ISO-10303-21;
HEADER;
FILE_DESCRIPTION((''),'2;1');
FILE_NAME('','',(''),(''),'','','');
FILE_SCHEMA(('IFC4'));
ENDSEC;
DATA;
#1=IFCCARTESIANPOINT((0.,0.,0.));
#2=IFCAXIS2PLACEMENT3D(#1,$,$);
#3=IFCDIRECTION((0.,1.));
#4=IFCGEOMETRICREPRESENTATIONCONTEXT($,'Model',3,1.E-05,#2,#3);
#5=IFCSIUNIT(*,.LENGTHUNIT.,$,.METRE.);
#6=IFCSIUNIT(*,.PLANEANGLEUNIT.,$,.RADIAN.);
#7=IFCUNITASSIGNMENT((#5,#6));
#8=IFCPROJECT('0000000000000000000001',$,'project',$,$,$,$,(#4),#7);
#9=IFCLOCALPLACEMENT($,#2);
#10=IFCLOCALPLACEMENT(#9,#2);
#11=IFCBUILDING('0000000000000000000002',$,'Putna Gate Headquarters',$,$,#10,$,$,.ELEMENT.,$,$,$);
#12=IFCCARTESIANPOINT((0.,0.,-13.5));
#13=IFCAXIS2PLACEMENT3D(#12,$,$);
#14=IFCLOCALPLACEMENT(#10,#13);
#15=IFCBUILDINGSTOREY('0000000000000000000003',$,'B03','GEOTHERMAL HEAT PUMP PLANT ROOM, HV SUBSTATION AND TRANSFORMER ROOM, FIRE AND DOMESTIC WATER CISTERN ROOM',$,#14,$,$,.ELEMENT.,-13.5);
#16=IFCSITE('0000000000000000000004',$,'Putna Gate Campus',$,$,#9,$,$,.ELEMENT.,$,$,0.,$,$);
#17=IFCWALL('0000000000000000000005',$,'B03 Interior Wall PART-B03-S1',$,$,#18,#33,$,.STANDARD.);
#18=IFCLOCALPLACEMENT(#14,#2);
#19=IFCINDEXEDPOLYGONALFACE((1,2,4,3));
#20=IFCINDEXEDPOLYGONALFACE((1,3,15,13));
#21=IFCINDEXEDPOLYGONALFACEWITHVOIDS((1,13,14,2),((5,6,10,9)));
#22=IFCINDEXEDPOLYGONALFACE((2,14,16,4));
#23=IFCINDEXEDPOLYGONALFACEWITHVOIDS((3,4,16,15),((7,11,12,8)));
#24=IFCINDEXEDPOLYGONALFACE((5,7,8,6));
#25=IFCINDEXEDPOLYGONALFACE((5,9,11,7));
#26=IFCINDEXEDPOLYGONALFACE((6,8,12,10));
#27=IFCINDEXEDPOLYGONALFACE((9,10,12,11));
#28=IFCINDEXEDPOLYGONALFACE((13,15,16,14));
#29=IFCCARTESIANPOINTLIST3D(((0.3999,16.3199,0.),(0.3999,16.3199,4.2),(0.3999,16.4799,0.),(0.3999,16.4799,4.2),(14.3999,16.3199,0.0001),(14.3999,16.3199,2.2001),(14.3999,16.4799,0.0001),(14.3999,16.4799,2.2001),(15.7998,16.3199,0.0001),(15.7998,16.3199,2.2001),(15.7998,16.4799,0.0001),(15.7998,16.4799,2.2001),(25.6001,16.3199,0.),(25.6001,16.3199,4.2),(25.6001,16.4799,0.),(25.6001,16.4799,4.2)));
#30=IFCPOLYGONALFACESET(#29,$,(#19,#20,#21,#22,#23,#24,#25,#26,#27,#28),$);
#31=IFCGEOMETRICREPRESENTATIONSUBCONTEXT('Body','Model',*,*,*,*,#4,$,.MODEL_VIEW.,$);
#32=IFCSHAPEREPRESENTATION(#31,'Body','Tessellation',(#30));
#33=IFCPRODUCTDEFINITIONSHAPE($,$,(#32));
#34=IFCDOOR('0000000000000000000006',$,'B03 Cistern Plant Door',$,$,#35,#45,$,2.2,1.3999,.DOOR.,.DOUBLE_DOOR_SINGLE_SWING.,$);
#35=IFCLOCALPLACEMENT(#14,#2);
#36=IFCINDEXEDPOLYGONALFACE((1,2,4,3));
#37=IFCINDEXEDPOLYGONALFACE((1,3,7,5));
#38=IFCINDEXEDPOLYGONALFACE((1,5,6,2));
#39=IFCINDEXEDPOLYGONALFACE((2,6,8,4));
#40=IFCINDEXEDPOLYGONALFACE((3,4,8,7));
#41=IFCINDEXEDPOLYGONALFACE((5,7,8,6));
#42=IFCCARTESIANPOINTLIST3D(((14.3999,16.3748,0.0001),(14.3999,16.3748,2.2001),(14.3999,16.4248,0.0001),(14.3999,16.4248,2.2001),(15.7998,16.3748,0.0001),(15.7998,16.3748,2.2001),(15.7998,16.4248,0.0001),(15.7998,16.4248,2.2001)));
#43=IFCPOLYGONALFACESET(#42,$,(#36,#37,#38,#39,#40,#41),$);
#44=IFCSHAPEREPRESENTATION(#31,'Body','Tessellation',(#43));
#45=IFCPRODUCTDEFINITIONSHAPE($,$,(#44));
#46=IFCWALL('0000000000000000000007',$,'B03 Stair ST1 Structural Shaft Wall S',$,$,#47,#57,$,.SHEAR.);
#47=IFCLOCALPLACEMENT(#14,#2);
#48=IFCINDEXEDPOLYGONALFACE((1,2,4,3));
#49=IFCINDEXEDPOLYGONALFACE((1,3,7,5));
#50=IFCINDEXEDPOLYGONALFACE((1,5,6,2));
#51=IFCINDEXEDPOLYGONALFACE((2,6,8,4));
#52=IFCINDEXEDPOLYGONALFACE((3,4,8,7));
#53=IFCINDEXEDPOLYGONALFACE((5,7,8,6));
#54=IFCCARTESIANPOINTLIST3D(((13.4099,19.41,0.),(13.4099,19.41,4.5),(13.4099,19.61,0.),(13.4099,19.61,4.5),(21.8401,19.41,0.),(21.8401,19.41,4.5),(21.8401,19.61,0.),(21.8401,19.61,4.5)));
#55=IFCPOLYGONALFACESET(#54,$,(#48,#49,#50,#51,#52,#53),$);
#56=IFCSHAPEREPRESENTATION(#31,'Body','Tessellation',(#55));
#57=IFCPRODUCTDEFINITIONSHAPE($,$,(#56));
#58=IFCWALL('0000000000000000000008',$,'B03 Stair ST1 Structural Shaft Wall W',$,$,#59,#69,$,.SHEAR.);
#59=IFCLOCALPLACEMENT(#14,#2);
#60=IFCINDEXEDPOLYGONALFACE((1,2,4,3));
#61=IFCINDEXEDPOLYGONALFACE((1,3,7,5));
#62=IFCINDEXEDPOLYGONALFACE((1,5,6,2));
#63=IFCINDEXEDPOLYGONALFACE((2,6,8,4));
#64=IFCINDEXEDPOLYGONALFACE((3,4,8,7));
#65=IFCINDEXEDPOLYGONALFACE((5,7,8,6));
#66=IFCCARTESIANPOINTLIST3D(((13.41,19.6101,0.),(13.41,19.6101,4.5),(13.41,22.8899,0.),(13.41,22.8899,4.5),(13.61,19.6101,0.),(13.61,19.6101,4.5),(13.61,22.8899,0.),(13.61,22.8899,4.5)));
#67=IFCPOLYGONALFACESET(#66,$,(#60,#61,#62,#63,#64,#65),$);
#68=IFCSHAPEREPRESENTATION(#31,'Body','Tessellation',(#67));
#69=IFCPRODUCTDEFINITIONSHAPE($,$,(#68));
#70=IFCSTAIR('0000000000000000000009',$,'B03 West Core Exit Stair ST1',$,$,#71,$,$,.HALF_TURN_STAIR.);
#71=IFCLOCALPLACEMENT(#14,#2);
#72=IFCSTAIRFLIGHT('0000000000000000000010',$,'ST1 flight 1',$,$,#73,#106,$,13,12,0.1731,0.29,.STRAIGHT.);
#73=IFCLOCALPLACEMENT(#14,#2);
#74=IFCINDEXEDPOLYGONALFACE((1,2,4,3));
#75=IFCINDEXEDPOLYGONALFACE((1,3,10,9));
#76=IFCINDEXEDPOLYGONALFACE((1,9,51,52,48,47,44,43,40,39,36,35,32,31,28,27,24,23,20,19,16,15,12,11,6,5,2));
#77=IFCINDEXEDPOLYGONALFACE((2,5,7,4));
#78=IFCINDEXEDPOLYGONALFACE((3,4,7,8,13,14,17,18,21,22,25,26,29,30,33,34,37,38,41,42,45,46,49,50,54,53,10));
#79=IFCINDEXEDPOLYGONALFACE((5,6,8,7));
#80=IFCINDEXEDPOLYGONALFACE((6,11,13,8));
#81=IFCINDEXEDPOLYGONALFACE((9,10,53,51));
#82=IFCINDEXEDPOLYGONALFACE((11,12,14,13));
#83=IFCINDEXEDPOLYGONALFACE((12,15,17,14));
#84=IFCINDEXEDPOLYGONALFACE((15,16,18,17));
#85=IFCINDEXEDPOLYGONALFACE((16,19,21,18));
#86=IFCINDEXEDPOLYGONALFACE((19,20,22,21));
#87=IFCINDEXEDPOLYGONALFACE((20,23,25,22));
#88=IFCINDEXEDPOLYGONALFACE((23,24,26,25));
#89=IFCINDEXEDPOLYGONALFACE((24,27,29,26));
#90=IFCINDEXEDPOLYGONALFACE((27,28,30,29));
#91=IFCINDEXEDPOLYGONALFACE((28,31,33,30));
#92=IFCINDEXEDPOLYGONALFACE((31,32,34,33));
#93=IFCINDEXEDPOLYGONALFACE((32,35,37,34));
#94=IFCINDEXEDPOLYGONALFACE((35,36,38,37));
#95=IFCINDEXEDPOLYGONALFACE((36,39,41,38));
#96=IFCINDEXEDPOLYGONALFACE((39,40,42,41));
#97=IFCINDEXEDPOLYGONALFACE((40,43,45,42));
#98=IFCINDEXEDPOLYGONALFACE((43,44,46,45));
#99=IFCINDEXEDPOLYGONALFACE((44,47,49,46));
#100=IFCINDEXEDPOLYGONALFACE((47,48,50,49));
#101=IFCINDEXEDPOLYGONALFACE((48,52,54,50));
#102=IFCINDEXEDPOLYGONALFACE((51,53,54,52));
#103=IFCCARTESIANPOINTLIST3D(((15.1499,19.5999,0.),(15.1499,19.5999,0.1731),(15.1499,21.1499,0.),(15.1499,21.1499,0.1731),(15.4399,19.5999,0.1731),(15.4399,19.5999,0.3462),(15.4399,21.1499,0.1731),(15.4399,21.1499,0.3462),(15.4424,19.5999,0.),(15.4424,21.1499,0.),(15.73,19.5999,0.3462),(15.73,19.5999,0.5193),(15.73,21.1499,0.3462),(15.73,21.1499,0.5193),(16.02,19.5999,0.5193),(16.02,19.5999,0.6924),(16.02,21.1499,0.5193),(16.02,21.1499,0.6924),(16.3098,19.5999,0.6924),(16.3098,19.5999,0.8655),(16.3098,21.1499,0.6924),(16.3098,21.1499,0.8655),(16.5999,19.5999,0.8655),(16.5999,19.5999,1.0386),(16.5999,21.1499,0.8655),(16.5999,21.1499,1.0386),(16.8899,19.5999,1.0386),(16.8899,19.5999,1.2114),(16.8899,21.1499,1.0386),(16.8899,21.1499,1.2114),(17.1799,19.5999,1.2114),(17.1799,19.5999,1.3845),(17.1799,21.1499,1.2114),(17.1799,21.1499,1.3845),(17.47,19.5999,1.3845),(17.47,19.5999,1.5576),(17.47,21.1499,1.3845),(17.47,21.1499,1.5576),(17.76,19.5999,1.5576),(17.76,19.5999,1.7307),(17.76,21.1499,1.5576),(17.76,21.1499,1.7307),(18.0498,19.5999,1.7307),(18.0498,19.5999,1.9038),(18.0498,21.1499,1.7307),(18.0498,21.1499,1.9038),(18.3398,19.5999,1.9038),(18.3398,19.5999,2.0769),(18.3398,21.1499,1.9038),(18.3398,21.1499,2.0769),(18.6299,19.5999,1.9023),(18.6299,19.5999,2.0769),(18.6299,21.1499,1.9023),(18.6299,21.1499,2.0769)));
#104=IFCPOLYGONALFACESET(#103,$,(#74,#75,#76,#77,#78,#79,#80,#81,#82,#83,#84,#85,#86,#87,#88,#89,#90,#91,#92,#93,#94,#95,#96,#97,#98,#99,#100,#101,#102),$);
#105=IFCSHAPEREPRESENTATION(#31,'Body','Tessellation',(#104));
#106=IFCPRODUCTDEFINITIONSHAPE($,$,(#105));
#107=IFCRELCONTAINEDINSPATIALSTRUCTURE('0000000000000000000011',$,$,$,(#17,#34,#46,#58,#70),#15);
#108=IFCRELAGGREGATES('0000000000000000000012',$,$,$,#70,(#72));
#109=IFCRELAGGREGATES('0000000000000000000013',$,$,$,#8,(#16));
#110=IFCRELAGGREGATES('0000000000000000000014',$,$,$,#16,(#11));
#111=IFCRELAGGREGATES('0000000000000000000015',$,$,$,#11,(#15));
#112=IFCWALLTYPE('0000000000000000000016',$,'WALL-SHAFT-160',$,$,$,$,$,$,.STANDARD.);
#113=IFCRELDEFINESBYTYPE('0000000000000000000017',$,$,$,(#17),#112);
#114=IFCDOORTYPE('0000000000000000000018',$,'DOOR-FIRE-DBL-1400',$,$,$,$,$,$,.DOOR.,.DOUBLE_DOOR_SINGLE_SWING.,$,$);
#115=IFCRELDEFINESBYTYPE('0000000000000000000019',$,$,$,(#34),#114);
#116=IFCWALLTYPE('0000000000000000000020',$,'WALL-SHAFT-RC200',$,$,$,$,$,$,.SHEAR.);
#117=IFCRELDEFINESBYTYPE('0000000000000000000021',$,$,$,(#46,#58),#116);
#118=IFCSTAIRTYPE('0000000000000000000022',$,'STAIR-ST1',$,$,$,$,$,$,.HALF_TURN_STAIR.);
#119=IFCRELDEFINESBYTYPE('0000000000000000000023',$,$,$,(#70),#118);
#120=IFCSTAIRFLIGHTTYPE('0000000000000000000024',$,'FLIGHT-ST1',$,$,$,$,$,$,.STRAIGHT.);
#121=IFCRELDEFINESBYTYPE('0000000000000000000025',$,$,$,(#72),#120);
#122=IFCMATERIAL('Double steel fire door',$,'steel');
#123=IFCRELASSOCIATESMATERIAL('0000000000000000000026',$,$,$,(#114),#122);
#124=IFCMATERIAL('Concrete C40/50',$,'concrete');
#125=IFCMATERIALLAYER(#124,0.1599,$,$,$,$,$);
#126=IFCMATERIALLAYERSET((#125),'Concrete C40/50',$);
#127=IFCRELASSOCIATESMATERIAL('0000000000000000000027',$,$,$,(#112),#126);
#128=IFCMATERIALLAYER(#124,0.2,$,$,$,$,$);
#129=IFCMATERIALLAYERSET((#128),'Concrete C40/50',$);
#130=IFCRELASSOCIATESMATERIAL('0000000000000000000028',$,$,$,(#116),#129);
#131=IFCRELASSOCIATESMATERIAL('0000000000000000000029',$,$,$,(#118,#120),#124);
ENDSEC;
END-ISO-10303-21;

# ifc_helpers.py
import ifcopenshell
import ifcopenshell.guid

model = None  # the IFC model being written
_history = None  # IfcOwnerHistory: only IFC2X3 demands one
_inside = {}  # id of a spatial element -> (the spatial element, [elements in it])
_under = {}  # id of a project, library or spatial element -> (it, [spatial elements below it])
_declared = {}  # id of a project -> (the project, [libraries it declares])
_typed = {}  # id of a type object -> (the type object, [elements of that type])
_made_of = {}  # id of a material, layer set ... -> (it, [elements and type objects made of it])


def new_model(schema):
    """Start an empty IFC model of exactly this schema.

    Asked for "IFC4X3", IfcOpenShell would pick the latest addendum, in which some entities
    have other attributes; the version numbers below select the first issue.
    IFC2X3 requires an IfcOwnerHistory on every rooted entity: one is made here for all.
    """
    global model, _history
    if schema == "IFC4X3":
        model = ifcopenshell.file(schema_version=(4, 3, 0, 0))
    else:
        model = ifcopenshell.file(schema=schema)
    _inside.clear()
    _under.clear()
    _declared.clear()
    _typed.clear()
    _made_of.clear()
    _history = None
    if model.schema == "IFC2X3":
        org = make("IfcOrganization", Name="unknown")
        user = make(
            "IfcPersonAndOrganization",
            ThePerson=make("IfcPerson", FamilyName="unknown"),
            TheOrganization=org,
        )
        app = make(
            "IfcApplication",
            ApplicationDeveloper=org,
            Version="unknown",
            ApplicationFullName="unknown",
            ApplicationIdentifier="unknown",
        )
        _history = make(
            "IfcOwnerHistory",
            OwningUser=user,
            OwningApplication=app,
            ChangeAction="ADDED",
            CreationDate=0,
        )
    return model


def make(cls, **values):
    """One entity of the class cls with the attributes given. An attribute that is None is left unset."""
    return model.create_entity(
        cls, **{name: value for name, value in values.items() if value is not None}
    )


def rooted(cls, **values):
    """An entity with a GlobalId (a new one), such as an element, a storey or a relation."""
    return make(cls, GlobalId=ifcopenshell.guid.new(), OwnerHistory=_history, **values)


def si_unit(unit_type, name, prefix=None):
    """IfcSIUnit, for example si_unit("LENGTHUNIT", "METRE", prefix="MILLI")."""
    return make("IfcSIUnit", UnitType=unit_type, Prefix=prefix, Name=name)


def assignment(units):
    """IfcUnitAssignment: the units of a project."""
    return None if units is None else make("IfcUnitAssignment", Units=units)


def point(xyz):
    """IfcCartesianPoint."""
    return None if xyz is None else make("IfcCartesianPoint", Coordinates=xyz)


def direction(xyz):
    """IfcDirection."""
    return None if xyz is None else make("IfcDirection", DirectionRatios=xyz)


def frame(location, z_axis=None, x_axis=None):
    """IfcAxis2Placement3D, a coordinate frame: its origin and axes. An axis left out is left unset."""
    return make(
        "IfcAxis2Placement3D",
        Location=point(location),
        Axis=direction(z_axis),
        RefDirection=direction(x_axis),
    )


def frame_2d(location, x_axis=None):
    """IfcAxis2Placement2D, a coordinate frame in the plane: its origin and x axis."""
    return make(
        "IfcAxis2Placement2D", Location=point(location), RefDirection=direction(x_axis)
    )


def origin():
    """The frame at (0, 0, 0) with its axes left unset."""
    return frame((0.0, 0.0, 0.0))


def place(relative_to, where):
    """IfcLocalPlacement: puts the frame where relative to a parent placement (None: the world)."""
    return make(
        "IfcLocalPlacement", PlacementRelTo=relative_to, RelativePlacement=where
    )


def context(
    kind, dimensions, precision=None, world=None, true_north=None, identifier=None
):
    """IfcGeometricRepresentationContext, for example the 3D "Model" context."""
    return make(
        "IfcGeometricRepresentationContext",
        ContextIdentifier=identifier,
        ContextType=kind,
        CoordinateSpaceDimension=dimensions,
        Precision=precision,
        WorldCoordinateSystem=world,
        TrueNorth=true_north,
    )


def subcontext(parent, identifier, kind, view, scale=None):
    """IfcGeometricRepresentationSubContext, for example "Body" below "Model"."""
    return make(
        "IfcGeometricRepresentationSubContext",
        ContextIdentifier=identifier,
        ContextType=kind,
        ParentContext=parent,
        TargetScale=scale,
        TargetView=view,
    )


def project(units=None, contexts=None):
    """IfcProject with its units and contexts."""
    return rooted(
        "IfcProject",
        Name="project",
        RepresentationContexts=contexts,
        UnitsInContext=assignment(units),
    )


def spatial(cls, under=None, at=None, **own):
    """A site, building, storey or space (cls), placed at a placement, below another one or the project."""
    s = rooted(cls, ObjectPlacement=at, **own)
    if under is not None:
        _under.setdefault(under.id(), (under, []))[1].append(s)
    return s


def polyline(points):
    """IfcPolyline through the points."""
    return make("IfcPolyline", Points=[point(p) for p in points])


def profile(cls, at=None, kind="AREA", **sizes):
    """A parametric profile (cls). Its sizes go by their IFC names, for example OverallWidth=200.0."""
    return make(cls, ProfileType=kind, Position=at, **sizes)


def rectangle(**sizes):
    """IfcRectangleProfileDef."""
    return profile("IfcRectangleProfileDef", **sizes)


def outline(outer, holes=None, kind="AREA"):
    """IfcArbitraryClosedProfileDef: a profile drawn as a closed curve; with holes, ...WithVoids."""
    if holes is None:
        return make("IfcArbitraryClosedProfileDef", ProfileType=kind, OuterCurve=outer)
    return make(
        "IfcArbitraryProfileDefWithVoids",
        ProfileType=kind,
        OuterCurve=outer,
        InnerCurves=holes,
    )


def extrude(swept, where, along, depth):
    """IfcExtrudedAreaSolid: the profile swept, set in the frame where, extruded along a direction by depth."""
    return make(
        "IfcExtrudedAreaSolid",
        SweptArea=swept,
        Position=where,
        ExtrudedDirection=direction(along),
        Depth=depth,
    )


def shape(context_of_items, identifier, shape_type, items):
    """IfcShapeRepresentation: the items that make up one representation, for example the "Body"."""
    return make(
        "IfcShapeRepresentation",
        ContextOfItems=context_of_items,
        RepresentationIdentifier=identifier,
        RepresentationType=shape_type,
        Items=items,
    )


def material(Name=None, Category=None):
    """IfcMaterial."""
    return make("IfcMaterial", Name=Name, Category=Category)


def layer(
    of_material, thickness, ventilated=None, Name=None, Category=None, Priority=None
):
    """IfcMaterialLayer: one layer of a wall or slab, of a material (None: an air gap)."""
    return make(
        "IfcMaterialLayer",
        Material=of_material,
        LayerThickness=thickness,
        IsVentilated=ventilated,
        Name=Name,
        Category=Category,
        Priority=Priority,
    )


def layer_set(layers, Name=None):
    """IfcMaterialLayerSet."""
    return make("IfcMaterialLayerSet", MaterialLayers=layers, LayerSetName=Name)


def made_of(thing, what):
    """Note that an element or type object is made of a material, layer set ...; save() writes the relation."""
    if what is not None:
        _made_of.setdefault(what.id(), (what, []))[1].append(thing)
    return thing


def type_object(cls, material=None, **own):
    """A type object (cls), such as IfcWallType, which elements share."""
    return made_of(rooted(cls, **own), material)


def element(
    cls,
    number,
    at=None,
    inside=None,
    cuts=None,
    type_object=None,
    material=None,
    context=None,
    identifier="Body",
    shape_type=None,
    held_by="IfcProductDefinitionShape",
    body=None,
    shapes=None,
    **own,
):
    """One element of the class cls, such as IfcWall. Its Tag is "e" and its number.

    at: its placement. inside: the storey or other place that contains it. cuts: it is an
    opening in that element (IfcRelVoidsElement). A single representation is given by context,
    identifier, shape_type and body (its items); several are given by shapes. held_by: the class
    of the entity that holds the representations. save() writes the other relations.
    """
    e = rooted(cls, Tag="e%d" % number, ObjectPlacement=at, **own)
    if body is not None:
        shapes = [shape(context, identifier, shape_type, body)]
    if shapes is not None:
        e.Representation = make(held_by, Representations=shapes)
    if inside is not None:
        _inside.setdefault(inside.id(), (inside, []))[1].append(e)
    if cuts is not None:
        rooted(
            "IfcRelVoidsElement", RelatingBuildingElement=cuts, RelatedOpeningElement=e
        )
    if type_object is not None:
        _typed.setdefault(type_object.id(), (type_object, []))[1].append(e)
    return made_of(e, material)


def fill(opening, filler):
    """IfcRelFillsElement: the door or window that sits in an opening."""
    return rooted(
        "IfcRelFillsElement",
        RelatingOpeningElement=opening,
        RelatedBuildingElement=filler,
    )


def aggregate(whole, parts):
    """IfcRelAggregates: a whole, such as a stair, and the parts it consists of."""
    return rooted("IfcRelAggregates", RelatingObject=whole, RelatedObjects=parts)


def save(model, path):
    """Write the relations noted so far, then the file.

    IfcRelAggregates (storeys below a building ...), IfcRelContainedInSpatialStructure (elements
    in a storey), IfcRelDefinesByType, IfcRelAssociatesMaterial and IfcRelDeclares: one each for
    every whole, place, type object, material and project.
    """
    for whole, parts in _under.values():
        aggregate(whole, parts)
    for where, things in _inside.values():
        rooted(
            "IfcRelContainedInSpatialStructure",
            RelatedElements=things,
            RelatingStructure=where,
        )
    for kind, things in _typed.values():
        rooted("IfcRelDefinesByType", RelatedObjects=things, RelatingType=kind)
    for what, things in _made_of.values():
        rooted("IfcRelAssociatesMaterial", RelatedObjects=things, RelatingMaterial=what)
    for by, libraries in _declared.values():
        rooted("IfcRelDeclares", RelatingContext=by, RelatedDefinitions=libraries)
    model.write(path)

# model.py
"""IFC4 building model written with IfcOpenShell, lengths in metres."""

from ifc_helpers import new_model, si_unit, direction, frame, frame_2d, origin, place, context, subcontext, project, spatial, polyline, rectangle, outline, extrude, material, layer, layer_set, type_object, element, fill, aggregate, save


model = new_model("IFC4")

# Units and contexts
model_context = context("Model", 3, precision=1e-05, world=origin(), true_north=direction((0.0, 1.0)))
body_context = subcontext(model_context, "Body", "Model", "MODEL_VIEW")
ifc_project = project(units=[si_unit("LENGTHUNIT", "METRE"), si_unit("PLANEANGLEUNIT", "RADIAN")], contexts=[model_context])

# Site, building, storey
site_placement = place(None, origin())
site = spatial("IfcSite", under=ifc_project, at=site_placement, Name="Putna Gate Campus", CompositionType="ELEMENT", RefElevation=0.0)
building_placement = place(site_placement, origin())
building = spatial("IfcBuilding", under=site, at=building_placement, Name="Putna Gate Headquarters", CompositionType="ELEMENT")
storey_placement = place(building_placement, frame((0.0, 0.0, -13.5)))
storey = spatial("IfcBuildingStorey", under=building, at=storey_placement, Name="B03", Description="GEOTHERMAL HEAT PUMP PLANT ROOM, HV SUBSTATION AND TRANSFORMER ROOM, FIRE AND DOMESTIC WATER CISTERN ROOM", CompositionType="ELEMENT", Elevation=-13.5)

# Shared definitions
ifc_material_1 = material(Name="Concrete C40/50", Category="concrete")

# Wall, opening, door
ifc_material_2 = material(Name="Double steel fire door", Category="steel")
door_type = type_object("IfcDoorType", Name="DOOR-FIRE-DBL-1400", OperationType="DOUBLE_DOOR_SINGLE_SWING", PredefinedType="DOOR", material=ifc_material_2)
ifc_layer_1 = layer(ifc_material_1, 0.1599)
ifc_layer_set_1 = layer_set([ifc_layer_1], Name="Concrete C40/50")
wall_type_1 = type_object("IfcWallType", Name="WALL-SHAFT-160", PredefinedType="STANDARD", material=ifc_layer_set_1)
wall_1_placement = place(storey_placement, frame((0.3999, 16.3999, 0.0), z_axis=(0.0, 0.0, 1.0), x_axis=(1.0, 0.0, 0.0)))
wall_1 = element("IfcWall", 1, at=wall_1_placement, inside=storey, type_object=wall_type_1, Name="B03 Interior Wall PART-B03-S1", PredefinedType="STANDARD", context=body_context, shape_type="SweptSolid", body=[
    extrude(rectangle(XDim=25.2002, YDim=0.1599, at=frame_2d((12.6001, 0.0))), origin(), (0.0, 0.0, 1.0), 4.2),
])
opening_1_placement = place(wall_1_placement, frame((14.0, 0.0, 0.0)))
opening_1 = element("IfcOpeningElement", 2, at=opening_1_placement, cuts=wall_1, PredefinedType="OPENING", context=body_context, shape_type="SweptSolid", body=[
    extrude(rectangle(XDim=1.3999, YDim=2.2, at=frame_2d((0.7, 1.1001))), frame((0.0, 0.0898, 0.0), z_axis=(0.0, -1.0, 0.0), x_axis=(1.0, 0.0, 0.0)), (0.0, 0.0, 1.0), 0.1799),
])
door_1_placement = place(opening_1_placement, origin())
door_1 = element("IfcDoor", 3, at=door_1_placement, inside=storey, type_object=door_type, Name="B03 Cistern Plant Door", OperationType="DOUBLE_DOOR_SINGLE_SWING", OverallHeight=2.2, OverallWidth=1.3999, PredefinedType="DOOR", context=body_context, shape_type="SweptSolid", body=[
    extrude(rectangle(XDim=1.3999, YDim=2.2, at=frame_2d((0.7, 1.1001))), frame((0.0, 0.0249, 0.0), z_axis=(0.0, -1.0, 0.0), x_axis=(1.0, 0.0, 0.0)), (0.0, 0.0, 1.0), 0.05),
])
fill(opening_1, door_1)

# Walls
ifc_layer_2 = layer(ifc_material_1, 0.2)
ifc_layer_set_2 = layer_set([ifc_layer_2], Name="Concrete C40/50")
wall_type_2 = type_object("IfcWallType", Name="WALL-SHAFT-RC200", PredefinedType="SHEAR", material=ifc_layer_set_2)
wall_2_placement = place(storey_placement, frame((13.4099, 19.51, 0.0), z_axis=(0.0, 0.0, 1.0), x_axis=(1.0, 0.0, 0.0)))
element("IfcWall", 4, at=wall_2_placement, inside=storey, type_object=wall_type_2, Name="B03 Stair ST1 Structural Shaft Wall S", PredefinedType="SHEAR", context=body_context, shape_type="SweptSolid", body=[
    extrude(rectangle(XDim=8.4302, YDim=0.2, at=frame_2d((4.2151, 0.0))), origin(), (0.0, 0.0, 1.0), 4.5),
])
wall_3_placement = place(storey_placement, frame((13.51, 19.6101, 0.0), z_axis=(0.0, 0.0, 1.0), x_axis=(0.0, 1.0, 0.0)))
element("IfcWall", 5, at=wall_3_placement, inside=storey, type_object=wall_type_2, Name="B03 Stair ST1 Structural Shaft Wall W", PredefinedType="SHEAR", context=body_context, shape_type="SweptSolid", body=[
    extrude(rectangle(XDim=3.2798, YDim=0.2, at=frame_2d((1.6399, 0.0))), origin(), (0.0, 0.0, 1.0), 4.5),
])

# Stair, stair flight
stair_type = type_object("IfcStairType", Name="STAIR-ST1", PredefinedType="HALF_TURN_STAIR", material=ifc_material_1)
stair_placement = place(storey_placement, origin())
stair = element("IfcStair", 6, at=stair_placement, inside=storey, type_object=stair_type, Name="B03 West Core Exit Stair ST1", PredefinedType="HALF_TURN_STAIR")
stair_flight_type = type_object("IfcStairFlightType", Name="FLIGHT-ST1", PredefinedType="STRAIGHT", material=ifc_material_1)
stair_flight_placement = place(storey_placement, frame((15.1499, 20.375, 0.0), z_axis=(0.0, 0.0, 1.0), x_axis=(1.0, 0.0, 0.0)))
stair_flight = element("IfcStairFlight", 7, at=stair_flight_placement, type_object=stair_flight_type, Name="ST1 flight 1", NumberOfRisers=13, NumberOfTreads=12, PredefinedType="STRAIGHT", RiserHeight=0.1731, TreadLength=0.29, context=body_context, shape_type="SweptSolid", body=[
    extrude(outline(polyline([(0.0, 0.0), (0.0, 0.1731), (0.29, 0.1731), (0.29, 0.3462), (0.5801, 0.3462), (0.5801, 0.5193), (0.8701, 0.5193), (0.8701, 0.6924), (1.1599, 0.6924), (1.1599, 0.8655), (1.45, 0.8655), (1.45, 1.0386), (1.74, 1.0386), (1.74, 1.2114), (2.03, 1.2114), (2.03, 1.3845), (2.3201, 1.3845), (2.3201, 1.5576), (2.6101, 1.5576), (2.6101, 1.7307), (2.8999, 1.7307), (2.8999, 1.9038), (3.1899, 1.9038), (3.1899, 2.0769), (3.48, 2.0769), (3.48, 2.25), (3.48, 1.9023), (0.2925, 0.0), (0.0, 0.0)])), frame((0.0, 0.7749, 0.0), z_axis=(0.0, -1.0, 0.0), x_axis=(1.0, 0.0, 0.0)), (0.0, 0.0, 1.0), 1.55),
])
aggregate(stair, [stair_flight])

save(model, "model.ifc")
